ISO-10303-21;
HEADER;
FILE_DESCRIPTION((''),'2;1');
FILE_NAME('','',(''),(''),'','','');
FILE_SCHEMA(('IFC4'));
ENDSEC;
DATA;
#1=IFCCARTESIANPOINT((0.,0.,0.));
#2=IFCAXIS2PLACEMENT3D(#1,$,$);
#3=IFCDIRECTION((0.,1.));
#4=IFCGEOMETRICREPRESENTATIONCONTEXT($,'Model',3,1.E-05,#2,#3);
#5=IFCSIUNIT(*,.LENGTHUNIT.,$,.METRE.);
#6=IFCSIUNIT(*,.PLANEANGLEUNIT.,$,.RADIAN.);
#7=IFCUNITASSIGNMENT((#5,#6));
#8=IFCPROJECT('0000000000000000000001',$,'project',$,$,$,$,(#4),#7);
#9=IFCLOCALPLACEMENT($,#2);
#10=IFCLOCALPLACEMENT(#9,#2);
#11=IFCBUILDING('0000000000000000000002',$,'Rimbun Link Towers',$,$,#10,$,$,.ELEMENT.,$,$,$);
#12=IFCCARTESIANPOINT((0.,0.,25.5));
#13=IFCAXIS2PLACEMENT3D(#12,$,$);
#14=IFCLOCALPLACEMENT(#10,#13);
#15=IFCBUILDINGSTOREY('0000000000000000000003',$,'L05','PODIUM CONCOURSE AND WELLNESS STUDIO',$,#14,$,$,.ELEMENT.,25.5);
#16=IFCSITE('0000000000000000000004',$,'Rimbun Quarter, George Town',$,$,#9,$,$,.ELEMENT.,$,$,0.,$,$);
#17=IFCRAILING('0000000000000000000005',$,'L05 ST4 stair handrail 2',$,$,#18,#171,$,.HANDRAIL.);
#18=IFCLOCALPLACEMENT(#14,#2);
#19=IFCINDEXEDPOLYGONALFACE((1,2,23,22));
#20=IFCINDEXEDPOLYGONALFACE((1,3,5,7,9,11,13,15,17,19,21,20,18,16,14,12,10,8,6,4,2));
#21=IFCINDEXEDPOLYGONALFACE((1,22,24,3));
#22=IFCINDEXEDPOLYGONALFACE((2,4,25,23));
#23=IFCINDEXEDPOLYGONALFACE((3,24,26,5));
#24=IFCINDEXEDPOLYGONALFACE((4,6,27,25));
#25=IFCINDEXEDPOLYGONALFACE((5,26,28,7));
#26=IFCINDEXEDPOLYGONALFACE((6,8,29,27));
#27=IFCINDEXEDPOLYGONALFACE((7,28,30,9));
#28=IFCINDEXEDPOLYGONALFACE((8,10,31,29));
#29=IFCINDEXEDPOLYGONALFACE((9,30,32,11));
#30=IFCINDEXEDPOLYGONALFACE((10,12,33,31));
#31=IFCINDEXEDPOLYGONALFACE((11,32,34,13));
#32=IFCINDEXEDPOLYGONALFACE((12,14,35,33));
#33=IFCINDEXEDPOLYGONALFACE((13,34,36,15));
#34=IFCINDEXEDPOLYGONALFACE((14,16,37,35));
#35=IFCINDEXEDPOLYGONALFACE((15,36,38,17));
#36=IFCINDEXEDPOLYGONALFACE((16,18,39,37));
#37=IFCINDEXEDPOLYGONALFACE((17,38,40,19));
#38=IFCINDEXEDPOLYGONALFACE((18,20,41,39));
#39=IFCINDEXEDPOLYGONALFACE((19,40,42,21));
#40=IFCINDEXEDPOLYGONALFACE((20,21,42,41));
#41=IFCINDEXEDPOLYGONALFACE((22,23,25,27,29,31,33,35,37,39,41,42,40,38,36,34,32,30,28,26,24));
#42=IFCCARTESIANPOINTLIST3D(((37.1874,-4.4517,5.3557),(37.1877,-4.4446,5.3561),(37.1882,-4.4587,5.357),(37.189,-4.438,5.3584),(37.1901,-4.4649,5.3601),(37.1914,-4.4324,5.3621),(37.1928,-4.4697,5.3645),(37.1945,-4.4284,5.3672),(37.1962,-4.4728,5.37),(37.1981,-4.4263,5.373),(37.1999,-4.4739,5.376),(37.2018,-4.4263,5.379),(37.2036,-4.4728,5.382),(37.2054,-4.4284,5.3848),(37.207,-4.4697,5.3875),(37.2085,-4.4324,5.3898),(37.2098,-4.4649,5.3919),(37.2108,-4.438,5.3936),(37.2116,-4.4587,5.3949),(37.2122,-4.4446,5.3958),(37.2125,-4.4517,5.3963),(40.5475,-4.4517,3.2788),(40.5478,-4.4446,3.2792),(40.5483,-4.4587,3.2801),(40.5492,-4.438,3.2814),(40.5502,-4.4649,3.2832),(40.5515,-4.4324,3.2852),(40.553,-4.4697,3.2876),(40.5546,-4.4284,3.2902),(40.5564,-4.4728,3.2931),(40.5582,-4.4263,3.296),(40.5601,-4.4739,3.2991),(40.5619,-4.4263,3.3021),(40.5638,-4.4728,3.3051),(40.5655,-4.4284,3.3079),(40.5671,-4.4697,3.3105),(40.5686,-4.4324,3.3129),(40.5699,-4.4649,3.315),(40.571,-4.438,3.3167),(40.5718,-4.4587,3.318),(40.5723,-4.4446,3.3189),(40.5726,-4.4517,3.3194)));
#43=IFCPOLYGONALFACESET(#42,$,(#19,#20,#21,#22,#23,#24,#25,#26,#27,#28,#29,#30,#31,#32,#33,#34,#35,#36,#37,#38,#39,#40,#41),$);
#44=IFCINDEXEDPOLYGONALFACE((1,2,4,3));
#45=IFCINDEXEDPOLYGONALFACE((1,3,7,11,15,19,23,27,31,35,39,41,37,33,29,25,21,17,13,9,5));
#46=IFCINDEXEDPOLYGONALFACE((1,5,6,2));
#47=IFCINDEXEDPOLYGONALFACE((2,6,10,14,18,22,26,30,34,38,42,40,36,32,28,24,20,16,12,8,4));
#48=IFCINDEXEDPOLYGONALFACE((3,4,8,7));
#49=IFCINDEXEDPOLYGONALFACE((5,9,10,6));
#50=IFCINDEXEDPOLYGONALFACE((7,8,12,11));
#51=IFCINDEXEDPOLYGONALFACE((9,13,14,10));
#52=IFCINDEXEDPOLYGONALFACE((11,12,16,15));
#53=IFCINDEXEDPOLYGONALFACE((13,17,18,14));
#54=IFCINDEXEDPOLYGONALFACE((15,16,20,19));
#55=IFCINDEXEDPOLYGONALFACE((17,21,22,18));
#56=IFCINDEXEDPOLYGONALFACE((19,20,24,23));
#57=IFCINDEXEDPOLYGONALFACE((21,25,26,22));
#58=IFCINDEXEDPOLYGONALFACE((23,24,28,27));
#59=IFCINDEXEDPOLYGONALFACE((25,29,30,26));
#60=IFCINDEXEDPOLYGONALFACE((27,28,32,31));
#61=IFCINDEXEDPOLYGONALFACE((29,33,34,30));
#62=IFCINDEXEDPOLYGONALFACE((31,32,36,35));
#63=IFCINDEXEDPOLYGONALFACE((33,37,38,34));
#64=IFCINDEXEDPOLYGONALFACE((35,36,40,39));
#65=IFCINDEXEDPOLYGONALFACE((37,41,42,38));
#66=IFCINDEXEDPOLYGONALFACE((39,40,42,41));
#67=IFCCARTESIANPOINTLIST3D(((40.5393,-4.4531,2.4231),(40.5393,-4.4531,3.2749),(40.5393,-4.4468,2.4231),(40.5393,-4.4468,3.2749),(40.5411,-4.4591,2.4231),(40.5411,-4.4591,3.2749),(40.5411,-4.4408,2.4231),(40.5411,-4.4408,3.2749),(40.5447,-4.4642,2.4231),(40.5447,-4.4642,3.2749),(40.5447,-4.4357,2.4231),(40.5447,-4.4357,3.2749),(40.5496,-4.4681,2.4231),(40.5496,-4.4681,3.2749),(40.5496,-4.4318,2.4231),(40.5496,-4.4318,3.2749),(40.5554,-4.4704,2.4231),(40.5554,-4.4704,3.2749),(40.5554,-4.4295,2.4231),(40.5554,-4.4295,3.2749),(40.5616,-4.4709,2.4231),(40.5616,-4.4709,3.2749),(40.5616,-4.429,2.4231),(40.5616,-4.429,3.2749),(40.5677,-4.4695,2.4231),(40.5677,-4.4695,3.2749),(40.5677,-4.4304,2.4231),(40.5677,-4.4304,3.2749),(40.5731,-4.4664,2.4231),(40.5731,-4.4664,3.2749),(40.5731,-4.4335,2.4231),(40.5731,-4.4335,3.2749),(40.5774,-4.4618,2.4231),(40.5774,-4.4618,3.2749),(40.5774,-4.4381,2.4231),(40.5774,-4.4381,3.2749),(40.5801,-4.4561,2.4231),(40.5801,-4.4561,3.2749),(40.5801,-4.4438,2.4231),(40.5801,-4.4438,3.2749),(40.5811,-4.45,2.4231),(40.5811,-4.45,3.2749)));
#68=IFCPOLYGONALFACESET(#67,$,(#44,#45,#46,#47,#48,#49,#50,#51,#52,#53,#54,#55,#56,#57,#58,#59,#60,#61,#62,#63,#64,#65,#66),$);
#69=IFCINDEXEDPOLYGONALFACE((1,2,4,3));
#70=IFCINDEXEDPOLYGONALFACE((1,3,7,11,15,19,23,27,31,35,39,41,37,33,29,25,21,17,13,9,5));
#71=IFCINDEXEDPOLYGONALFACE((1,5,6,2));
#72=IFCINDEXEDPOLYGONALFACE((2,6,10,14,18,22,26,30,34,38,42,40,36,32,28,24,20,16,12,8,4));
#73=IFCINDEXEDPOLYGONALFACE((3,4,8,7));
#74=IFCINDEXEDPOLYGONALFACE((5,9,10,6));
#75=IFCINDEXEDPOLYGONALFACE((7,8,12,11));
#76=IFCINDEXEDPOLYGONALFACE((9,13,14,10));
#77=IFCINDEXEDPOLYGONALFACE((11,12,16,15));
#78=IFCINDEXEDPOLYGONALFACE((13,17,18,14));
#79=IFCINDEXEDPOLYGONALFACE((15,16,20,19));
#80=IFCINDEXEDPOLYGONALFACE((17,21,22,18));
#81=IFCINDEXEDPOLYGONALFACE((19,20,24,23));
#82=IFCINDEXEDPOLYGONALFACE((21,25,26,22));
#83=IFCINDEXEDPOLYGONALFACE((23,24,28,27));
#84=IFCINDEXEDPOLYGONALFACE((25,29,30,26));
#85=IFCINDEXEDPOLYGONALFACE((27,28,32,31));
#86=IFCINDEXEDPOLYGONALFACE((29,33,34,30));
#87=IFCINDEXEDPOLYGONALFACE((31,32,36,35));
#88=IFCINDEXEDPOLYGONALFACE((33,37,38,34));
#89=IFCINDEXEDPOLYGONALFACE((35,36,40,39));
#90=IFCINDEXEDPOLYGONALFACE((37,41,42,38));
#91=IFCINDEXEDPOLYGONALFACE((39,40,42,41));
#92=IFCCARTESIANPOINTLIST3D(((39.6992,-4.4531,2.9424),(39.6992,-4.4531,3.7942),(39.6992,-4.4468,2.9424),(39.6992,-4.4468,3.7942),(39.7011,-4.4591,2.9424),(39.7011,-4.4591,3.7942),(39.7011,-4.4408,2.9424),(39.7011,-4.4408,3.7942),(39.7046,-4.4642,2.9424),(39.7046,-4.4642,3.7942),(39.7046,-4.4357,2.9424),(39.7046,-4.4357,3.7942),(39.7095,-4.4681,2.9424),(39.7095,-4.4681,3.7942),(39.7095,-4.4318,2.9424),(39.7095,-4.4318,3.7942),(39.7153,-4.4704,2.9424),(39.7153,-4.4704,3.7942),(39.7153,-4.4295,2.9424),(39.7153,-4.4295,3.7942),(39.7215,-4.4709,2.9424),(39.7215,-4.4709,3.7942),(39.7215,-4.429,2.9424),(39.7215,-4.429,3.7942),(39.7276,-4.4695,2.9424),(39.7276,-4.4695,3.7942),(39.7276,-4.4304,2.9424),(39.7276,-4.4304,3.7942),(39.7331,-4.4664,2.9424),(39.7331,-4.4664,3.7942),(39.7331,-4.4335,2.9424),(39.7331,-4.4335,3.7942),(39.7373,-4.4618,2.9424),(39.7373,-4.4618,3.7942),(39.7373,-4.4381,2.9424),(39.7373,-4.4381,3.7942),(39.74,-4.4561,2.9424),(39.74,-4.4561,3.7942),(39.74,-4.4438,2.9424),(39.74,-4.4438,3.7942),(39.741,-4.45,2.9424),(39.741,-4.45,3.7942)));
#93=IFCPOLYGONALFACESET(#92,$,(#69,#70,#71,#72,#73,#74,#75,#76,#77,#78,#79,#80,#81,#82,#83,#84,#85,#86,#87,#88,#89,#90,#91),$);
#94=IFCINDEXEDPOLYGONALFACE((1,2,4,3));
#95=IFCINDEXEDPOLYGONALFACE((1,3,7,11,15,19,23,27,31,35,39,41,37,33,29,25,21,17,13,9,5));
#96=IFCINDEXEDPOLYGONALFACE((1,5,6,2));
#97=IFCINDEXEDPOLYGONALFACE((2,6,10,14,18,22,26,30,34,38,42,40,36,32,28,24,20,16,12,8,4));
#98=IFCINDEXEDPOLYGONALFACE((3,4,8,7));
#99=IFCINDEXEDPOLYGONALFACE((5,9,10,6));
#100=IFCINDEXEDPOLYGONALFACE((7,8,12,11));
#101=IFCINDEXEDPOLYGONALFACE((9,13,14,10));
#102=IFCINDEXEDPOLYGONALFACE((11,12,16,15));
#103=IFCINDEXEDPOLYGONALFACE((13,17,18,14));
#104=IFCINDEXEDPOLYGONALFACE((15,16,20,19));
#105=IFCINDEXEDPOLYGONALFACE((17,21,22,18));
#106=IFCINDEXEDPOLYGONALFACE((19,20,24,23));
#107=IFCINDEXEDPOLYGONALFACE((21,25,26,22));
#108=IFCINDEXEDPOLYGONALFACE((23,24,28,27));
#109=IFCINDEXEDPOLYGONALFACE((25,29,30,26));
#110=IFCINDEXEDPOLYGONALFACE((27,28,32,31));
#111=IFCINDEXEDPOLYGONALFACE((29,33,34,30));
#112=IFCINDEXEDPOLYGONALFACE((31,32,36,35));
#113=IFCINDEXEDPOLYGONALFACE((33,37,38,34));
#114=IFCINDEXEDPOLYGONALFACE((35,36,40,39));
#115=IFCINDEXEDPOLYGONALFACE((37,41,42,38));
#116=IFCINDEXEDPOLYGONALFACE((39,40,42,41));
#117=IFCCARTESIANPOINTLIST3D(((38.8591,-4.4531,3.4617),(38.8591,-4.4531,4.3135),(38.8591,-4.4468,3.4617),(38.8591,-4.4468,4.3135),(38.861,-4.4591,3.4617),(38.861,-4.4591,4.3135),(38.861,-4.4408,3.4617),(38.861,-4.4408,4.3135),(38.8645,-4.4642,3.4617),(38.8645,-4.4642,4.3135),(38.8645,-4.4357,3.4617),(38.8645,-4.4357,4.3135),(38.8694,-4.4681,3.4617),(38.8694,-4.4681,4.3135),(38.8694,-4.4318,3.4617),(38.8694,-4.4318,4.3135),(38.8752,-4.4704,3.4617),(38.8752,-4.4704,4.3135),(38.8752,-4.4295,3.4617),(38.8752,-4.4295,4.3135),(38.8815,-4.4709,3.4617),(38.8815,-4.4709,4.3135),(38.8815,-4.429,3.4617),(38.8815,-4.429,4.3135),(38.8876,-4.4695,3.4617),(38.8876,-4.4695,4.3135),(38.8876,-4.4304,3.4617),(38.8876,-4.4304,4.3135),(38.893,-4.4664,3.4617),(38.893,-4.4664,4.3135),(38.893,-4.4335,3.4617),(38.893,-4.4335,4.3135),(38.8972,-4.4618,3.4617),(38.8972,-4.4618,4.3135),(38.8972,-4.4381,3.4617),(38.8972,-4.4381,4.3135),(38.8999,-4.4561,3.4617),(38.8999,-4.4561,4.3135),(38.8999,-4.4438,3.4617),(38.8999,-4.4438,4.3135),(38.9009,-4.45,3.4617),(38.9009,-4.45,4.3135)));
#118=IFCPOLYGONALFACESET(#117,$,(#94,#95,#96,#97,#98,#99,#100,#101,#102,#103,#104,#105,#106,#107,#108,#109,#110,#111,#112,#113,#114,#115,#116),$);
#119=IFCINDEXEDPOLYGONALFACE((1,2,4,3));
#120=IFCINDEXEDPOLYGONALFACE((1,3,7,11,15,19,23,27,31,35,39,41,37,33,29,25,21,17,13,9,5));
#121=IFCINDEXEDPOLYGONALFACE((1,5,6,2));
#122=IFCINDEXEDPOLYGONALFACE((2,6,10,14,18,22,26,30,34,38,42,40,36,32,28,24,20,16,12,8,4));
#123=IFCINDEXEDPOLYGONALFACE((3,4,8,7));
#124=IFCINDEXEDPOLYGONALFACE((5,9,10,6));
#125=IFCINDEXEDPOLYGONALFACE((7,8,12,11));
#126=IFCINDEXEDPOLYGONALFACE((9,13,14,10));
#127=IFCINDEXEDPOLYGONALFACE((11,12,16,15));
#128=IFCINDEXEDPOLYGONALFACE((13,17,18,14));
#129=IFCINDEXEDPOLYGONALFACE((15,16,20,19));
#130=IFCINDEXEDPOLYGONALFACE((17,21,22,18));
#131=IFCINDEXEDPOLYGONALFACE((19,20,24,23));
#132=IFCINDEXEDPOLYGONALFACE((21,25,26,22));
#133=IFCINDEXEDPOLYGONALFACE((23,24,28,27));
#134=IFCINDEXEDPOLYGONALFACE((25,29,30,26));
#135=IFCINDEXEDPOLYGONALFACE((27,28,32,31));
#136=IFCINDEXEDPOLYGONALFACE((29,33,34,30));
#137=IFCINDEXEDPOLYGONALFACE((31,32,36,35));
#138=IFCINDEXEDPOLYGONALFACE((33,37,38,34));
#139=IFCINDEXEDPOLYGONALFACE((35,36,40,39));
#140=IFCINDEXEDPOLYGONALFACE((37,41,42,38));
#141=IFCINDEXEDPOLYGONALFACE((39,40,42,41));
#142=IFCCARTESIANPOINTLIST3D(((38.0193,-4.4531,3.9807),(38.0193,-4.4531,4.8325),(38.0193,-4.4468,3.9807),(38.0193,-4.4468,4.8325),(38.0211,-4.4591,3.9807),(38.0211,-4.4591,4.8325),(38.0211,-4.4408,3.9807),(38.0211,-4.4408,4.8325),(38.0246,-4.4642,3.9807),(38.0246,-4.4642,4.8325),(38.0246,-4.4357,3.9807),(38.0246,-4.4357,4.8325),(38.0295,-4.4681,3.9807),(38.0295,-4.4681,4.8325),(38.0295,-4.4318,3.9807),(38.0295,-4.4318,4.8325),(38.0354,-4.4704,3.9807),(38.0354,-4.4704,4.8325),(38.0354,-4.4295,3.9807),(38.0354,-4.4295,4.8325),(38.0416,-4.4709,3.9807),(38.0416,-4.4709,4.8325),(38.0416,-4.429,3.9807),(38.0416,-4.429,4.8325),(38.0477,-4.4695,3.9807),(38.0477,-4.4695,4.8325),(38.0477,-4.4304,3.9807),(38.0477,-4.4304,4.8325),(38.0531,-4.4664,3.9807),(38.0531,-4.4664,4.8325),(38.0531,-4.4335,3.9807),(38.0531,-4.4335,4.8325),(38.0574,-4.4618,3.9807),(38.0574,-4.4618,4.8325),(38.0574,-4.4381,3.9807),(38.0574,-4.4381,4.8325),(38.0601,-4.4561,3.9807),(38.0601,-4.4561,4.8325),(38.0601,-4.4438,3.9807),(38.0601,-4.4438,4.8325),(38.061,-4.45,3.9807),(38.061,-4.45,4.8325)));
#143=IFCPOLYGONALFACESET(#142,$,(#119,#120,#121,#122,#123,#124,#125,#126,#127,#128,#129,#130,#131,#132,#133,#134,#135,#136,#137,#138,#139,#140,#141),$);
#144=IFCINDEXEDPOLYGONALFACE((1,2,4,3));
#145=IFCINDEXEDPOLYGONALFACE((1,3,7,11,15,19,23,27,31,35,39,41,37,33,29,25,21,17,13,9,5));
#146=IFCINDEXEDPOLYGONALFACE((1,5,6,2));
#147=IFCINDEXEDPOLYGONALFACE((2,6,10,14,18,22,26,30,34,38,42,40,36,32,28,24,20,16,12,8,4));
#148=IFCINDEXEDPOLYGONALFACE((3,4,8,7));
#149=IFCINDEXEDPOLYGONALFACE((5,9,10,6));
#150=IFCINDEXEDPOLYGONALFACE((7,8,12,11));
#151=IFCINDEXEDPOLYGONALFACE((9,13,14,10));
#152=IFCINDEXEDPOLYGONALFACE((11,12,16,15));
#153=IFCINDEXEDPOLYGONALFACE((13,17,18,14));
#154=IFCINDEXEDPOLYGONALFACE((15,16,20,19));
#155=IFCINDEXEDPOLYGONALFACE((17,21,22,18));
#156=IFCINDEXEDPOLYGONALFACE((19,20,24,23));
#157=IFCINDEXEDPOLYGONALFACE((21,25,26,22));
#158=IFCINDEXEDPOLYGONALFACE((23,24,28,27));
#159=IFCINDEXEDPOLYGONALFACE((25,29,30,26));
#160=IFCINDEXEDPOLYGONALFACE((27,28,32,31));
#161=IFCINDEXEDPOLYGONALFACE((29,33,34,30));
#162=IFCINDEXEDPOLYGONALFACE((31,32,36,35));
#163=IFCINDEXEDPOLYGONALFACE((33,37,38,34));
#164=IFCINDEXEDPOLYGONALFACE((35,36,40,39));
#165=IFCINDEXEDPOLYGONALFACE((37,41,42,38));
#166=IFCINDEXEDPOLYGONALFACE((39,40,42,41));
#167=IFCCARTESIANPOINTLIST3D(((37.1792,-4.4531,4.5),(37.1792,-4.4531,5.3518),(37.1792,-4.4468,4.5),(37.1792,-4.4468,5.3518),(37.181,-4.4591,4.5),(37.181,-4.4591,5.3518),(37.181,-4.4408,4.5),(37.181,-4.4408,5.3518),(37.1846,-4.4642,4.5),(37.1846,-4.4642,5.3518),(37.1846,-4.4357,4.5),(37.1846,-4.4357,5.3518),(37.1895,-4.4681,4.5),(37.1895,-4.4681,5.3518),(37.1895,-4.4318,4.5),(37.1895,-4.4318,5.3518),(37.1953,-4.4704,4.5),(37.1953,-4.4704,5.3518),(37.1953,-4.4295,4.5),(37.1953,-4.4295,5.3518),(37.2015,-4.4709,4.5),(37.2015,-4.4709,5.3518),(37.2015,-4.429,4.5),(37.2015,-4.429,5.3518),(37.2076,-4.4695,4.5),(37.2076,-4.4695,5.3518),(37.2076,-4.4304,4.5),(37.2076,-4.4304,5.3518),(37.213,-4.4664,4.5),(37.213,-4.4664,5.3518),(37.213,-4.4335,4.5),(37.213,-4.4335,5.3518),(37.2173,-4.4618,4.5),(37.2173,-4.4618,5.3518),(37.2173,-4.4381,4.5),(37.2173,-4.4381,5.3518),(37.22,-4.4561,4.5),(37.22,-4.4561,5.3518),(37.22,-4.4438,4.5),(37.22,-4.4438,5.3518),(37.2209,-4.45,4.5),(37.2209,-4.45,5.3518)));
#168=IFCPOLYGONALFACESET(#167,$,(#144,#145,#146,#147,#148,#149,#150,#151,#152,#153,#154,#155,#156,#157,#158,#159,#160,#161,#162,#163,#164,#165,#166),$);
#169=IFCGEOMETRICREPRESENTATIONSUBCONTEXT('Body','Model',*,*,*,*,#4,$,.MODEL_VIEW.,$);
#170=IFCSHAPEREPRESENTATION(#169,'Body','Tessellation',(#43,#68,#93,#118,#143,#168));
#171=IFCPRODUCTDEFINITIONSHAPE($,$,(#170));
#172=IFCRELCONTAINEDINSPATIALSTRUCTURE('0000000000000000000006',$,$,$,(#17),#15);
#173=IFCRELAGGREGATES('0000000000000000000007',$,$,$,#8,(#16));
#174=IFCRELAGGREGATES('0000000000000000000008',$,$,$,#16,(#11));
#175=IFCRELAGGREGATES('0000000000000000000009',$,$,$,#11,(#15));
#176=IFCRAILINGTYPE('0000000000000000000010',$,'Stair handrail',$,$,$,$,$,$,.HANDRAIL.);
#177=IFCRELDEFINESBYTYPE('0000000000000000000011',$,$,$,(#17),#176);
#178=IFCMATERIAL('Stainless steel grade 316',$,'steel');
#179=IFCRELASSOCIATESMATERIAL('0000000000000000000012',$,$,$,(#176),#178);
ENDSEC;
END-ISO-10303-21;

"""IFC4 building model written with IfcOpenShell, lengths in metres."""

from ifc_helpers import new_model, si_unit, direction, frame, origin, origin_2d, place, context, subcontext, project, spatial, circle, extrude, material, type_object, element, save


model = new_model("IFC4")

# Units and contexts
model_context = context("Model", 3, precision=1e-05, world=origin(), true_north=direction((0.0, 1.0)))
body_context = subcontext(model_context, "Body", "Model", "MODEL_VIEW")
ifc_project = project(units=[si_unit("LENGTHUNIT", "METRE"), si_unit("PLANEANGLEUNIT", "RADIAN")], contexts=[model_context])

# Site, building, storey
site_placement = place(None, origin())
site = spatial("IfcSite", under=ifc_project, at=site_placement, Name="Rimbun Quarter, George Town", CompositionType="ELEMENT", RefElevation=0.0)
building_placement = place(site_placement, origin())
building = spatial("IfcBuilding", under=site, at=building_placement, Name="Rimbun Link Towers", CompositionType="ELEMENT")
storey_placement = place(building_placement, frame((0.0, 0.0, 25.5)))
storey = spatial("IfcBuildingStorey", under=building, at=storey_placement, Name="L05", Description="PODIUM CONCOURSE AND WELLNESS STUDIO", CompositionType="ELEMENT", Elevation=25.5)

# Railing
ifc_material_1 = material(Name="Stainless steel grade 316", Category="steel")
railing_type_1 = type_object("IfcRailingType", Name="Stair handrail", PredefinedType="HANDRAIL", material=ifc_material_1)
railing_1_placement = place(storey_placement, frame((40.5601, -4.45, 2.4231)))
element("IfcRailing", 1, at=railing_1_placement, inside=storey, type_object=railing_type_1, Name="L05 ST4 stair handrail 2", PredefinedType="HANDRAIL", context=body_context, shape_type="SweptSolid", body=[
    extrude(circle(Radius=0.0239, at=origin_2d()), frame((0.0, 0.0, 0.876), z_axis=(-0.850623, 0.0, 0.525776), x_axis=(0.0, -1.0, 0.0)), (0.0, 0.0, 1.0), 3.9502),
    extrude(circle(Radius=0.021, at=origin_2d()), origin(), (0.0, 0.0, 1.0), 0.8518),
    extrude(circle(Radius=0.021, at=origin_2d()), frame((-0.8401, 0.0, 0.5193)), (0.0, 0.0, 1.0), 0.8518),
    extrude(circle(Radius=0.021, at=origin_2d()), frame((-1.6802, 0.0, 1.0386)), (0.0, 0.0, 1.0), 0.8518),
    extrude(circle(Radius=0.021, at=origin_2d()), frame((-2.52, 0.0, 1.5576)), (0.0, 0.0, 1.0), 0.8518),
    extrude(circle(Radius=0.021, at=origin_2d()), frame((-3.3601, 0.0, 2.0769)), (0.0, 0.0, 1.0), 0.8518),
])

save(model, "model.ifc")
